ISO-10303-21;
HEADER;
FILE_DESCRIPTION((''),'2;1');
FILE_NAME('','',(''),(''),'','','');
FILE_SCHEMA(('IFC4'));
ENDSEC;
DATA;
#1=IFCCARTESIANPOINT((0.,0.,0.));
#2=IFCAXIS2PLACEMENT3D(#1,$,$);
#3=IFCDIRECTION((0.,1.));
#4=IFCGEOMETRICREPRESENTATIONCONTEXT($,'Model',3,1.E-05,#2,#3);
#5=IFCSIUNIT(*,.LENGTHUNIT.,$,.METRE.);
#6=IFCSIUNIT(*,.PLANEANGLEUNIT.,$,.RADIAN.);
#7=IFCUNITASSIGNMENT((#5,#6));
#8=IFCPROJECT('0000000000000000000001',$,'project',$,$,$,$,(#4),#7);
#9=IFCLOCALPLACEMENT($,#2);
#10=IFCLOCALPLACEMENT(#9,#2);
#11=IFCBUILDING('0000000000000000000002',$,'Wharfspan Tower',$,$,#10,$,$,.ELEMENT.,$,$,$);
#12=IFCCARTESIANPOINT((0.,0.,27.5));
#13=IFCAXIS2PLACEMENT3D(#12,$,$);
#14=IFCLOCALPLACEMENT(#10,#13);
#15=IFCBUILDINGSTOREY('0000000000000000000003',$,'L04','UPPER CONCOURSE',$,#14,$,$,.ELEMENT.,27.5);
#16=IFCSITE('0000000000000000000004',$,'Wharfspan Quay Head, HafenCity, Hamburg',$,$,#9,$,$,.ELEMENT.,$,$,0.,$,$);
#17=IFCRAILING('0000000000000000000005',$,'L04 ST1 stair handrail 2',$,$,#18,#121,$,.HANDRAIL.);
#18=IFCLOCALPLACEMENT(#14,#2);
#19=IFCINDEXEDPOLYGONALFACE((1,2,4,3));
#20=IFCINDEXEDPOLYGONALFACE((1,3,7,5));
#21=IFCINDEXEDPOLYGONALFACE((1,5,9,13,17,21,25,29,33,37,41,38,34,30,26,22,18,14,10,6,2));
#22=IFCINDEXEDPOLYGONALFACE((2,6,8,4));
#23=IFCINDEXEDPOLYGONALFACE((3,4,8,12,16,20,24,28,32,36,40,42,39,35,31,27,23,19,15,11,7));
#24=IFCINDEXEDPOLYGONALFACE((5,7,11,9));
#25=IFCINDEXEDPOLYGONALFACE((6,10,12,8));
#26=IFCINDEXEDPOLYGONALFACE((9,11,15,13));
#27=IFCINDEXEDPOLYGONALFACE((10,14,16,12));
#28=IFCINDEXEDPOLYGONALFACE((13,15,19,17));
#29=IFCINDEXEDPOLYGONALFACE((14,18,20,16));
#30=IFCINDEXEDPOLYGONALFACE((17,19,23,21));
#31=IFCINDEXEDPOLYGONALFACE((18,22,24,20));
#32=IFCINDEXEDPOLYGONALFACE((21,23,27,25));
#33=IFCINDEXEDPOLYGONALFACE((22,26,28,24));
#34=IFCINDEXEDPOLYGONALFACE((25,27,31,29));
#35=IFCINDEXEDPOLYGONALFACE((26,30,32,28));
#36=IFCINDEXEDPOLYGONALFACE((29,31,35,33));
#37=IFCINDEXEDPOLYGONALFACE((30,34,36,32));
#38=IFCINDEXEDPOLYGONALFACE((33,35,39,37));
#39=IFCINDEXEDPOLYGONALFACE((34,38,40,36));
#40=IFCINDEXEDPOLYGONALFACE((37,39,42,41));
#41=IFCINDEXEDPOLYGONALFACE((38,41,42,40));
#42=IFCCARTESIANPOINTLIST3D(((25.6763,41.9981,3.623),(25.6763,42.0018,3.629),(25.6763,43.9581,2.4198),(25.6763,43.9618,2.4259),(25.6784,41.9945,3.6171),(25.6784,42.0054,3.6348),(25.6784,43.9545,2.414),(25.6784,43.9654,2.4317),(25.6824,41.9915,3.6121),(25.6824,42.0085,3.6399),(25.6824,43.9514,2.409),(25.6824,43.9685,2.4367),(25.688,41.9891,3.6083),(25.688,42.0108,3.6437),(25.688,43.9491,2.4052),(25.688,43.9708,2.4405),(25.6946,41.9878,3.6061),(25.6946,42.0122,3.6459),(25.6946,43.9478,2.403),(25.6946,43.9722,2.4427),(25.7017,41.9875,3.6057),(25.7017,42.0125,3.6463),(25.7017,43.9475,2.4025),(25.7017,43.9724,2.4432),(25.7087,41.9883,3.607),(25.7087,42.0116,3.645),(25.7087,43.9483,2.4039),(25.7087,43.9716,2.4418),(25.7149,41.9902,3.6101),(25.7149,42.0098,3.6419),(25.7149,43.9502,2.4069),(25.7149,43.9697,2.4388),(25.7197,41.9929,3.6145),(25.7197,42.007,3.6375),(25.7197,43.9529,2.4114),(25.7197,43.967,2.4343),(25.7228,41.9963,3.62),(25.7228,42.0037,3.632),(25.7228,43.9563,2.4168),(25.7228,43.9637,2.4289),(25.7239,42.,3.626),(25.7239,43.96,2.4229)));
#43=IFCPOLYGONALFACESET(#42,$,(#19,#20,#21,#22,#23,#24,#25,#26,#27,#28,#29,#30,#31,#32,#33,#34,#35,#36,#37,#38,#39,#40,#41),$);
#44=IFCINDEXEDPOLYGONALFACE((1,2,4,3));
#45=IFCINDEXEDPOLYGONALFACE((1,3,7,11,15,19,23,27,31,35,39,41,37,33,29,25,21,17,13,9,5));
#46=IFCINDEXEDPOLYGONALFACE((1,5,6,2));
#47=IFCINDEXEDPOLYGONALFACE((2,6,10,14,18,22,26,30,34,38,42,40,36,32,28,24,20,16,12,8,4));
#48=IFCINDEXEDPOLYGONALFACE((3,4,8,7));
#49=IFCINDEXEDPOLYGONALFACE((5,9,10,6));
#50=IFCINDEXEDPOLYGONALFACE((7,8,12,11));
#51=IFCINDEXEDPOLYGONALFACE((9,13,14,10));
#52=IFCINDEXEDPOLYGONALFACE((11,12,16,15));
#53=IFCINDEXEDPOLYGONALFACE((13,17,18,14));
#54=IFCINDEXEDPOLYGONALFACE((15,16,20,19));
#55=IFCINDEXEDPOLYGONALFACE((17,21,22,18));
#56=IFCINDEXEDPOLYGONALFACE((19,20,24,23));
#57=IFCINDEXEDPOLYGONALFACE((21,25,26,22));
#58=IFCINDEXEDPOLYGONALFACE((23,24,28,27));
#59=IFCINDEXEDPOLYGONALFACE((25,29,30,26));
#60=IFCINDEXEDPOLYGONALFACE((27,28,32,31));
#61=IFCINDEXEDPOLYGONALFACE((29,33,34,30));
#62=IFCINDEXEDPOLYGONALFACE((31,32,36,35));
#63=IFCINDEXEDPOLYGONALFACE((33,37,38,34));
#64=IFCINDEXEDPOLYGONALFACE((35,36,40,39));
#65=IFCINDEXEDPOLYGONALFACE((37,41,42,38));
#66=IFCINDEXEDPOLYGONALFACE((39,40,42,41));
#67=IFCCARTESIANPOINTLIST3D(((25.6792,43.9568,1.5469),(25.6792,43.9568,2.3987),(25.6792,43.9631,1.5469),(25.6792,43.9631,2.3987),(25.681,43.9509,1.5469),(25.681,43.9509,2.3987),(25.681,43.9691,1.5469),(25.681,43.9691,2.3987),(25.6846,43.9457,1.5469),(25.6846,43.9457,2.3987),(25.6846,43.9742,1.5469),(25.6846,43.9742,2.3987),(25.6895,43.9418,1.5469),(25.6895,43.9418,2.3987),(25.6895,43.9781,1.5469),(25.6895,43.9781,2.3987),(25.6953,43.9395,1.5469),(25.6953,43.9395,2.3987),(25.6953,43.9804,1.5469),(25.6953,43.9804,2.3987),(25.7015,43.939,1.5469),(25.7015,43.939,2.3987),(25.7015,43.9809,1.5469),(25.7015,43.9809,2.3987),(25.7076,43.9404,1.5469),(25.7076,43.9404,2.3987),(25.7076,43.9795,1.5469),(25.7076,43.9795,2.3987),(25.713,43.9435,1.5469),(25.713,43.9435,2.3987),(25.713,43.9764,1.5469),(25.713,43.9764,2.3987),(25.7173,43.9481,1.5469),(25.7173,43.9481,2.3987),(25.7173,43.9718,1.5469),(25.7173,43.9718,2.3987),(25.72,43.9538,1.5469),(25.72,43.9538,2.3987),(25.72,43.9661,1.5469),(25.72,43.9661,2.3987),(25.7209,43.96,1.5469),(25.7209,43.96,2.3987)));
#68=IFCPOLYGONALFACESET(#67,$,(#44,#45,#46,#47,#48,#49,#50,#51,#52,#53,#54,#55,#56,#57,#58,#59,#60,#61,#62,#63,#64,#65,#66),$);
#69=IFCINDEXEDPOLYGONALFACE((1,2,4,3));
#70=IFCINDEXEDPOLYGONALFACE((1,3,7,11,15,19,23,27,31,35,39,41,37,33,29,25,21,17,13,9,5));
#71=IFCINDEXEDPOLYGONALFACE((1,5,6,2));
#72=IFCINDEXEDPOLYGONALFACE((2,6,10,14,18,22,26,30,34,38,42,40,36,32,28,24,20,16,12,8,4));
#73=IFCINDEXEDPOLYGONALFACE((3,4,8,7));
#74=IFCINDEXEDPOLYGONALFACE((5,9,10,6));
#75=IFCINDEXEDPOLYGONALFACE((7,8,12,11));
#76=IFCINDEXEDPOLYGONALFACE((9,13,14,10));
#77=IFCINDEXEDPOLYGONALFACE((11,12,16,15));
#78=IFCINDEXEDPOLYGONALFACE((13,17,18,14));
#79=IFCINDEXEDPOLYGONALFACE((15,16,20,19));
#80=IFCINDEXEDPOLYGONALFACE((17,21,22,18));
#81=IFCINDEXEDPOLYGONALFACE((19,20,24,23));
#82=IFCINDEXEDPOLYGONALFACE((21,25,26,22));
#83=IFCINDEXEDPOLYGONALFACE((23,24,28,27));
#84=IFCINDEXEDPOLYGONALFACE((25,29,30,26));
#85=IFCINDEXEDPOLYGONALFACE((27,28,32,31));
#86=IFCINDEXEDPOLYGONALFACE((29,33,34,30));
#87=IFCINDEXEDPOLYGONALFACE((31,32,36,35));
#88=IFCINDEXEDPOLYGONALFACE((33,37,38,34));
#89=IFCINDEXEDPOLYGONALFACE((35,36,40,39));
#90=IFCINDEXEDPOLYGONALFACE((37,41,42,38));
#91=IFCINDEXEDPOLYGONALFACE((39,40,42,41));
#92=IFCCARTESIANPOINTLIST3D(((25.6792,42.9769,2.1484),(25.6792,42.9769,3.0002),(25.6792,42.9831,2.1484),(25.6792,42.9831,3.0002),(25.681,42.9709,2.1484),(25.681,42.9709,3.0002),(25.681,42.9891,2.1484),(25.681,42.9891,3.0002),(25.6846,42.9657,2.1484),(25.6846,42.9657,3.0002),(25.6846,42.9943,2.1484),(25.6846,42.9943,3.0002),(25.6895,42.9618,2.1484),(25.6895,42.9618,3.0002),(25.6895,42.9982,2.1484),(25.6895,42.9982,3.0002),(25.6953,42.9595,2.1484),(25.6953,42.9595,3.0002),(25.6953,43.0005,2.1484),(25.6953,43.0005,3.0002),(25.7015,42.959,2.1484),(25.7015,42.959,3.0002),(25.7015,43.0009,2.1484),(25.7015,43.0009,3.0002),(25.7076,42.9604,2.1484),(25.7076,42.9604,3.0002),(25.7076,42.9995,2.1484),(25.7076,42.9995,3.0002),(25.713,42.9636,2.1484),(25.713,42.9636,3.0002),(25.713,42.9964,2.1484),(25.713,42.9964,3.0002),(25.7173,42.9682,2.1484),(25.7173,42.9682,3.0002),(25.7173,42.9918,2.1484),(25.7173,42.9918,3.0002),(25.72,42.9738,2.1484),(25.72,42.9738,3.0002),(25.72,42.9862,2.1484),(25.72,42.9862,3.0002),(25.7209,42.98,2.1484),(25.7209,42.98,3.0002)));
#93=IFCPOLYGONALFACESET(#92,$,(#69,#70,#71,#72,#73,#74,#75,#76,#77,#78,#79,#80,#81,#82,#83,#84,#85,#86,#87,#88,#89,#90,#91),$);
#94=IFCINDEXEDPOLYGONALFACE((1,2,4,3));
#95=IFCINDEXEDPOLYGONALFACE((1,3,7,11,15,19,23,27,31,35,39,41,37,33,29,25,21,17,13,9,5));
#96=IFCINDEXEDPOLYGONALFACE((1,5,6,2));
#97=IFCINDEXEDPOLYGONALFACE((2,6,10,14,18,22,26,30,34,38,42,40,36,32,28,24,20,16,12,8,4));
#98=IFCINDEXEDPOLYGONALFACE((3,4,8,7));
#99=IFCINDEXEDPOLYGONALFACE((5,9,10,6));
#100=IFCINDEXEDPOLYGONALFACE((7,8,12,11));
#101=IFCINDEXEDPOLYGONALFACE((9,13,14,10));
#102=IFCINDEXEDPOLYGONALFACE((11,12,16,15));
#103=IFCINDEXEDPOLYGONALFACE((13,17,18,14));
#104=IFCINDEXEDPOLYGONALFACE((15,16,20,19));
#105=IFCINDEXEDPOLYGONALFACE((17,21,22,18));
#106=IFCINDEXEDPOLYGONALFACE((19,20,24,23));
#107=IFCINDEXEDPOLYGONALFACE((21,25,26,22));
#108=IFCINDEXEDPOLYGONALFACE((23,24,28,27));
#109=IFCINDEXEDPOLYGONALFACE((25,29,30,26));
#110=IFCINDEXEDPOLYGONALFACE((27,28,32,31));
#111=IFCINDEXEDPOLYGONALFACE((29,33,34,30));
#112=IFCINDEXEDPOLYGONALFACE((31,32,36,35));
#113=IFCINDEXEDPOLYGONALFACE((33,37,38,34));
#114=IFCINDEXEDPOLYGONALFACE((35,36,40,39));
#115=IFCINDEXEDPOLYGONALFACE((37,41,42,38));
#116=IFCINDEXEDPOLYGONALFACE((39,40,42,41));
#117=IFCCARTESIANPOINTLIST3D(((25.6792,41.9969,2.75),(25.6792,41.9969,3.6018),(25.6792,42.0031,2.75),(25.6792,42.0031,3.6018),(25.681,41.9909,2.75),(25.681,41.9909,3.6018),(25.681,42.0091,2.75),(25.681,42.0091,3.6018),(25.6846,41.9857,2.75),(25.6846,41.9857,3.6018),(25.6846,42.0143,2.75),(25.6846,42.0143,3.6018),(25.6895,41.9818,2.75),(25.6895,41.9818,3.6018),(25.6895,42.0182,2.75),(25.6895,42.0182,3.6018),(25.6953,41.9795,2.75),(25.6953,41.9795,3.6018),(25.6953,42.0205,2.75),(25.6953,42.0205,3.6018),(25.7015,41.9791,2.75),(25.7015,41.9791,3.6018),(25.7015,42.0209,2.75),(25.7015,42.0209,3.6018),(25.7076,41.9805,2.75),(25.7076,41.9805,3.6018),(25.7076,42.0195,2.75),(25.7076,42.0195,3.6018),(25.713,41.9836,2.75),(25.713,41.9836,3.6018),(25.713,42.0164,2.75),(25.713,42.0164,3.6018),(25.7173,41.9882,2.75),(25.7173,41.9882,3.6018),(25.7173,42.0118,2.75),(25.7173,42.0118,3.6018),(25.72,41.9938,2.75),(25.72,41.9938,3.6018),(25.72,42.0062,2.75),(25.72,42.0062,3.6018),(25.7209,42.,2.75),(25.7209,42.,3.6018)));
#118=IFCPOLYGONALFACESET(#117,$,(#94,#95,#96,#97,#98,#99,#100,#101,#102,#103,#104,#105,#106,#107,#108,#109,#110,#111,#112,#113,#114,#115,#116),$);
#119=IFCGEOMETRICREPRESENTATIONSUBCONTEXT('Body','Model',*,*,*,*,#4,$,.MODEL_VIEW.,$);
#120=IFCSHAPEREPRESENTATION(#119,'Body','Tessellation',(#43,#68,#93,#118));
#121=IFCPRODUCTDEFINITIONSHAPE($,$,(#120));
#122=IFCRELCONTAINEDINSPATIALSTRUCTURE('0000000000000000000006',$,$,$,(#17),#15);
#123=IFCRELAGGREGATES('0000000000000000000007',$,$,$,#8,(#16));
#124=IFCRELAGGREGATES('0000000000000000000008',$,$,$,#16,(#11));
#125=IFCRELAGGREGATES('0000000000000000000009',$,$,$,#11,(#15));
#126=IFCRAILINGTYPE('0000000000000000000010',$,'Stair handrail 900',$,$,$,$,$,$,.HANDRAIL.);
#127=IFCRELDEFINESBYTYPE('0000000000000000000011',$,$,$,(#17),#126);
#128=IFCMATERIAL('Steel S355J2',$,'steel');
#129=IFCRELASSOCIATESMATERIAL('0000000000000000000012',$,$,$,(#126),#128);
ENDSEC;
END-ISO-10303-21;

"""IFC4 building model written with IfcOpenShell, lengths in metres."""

from ifc_helpers import new_model, si_unit, direction, frame, origin, origin_2d, place, context, subcontext, project, spatial, circle, extrude, material, type_object, element, save


model = new_model("IFC4")

# Units and contexts
model_context = context("Model", 3, precision=1e-05, world=origin(), true_north=direction((0.0, 1.0)))
body_context = subcontext(model_context, "Body", "Model", "MODEL_VIEW")
ifc_project = project(units=[si_unit("LENGTHUNIT", "METRE"), si_unit("PLANEANGLEUNIT", "RADIAN")], contexts=[model_context])

# Site, building, storey
site_placement = place(None, origin())
site = spatial("IfcSite", under=ifc_project, at=site_placement, Name="Wharfspan Quay Head, HafenCity, Hamburg", CompositionType="ELEMENT", RefElevation=0.0)
building_placement = place(site_placement, origin())
building = spatial("IfcBuilding", under=site, at=building_placement, Name="Wharfspan Tower", CompositionType="ELEMENT")
storey_placement = place(building_placement, frame((0.0, 0.0, 27.5)))
storey = spatial("IfcBuildingStorey", under=building, at=storey_placement, Name="L04", Description="UPPER CONCOURSE", CompositionType="ELEMENT", Elevation=27.5)

# Railing
ifc_material_1 = material(Name="Steel S355J2", Category="steel")
railing_type = type_object("IfcRailingType", Name="Stair handrail 900", PredefinedType="HANDRAIL", material=ifc_material_1)
railing_1_placement = place(storey_placement, frame((25.7, 43.96, 1.5469)))
element("IfcRailing", 1, at=railing_1_placement, inside=storey, type_object=railing_type, Name="L04 ST1 stair handrail 2", PredefinedType="HANDRAIL", context=body_context, shape_type="SweptSolid", body=[
    extrude(circle(Radius=0.0239, at=origin_2d()), frame((0.0, 0.0, 0.876), z_axis=(0.0, -0.852241, 0.523149), x_axis=(1.0, 0.0, 0.0)), (0.0, 0.0, 1.0), 2.2998),
    extrude(circle(Radius=0.021, at=origin_2d()), origin(), (0.0, 0.0, 1.0), 0.8518),
    extrude(circle(Radius=0.021, at=origin_2d()), frame((0.0, -0.98, 0.6016)), (0.0, 0.0, 1.0), 0.8518),
    extrude(circle(Radius=0.021, at=origin_2d()), frame((0.0, -1.96, 1.2031)), (0.0, 0.0, 1.0), 0.8518),
])

save(model, "model.ifc")
